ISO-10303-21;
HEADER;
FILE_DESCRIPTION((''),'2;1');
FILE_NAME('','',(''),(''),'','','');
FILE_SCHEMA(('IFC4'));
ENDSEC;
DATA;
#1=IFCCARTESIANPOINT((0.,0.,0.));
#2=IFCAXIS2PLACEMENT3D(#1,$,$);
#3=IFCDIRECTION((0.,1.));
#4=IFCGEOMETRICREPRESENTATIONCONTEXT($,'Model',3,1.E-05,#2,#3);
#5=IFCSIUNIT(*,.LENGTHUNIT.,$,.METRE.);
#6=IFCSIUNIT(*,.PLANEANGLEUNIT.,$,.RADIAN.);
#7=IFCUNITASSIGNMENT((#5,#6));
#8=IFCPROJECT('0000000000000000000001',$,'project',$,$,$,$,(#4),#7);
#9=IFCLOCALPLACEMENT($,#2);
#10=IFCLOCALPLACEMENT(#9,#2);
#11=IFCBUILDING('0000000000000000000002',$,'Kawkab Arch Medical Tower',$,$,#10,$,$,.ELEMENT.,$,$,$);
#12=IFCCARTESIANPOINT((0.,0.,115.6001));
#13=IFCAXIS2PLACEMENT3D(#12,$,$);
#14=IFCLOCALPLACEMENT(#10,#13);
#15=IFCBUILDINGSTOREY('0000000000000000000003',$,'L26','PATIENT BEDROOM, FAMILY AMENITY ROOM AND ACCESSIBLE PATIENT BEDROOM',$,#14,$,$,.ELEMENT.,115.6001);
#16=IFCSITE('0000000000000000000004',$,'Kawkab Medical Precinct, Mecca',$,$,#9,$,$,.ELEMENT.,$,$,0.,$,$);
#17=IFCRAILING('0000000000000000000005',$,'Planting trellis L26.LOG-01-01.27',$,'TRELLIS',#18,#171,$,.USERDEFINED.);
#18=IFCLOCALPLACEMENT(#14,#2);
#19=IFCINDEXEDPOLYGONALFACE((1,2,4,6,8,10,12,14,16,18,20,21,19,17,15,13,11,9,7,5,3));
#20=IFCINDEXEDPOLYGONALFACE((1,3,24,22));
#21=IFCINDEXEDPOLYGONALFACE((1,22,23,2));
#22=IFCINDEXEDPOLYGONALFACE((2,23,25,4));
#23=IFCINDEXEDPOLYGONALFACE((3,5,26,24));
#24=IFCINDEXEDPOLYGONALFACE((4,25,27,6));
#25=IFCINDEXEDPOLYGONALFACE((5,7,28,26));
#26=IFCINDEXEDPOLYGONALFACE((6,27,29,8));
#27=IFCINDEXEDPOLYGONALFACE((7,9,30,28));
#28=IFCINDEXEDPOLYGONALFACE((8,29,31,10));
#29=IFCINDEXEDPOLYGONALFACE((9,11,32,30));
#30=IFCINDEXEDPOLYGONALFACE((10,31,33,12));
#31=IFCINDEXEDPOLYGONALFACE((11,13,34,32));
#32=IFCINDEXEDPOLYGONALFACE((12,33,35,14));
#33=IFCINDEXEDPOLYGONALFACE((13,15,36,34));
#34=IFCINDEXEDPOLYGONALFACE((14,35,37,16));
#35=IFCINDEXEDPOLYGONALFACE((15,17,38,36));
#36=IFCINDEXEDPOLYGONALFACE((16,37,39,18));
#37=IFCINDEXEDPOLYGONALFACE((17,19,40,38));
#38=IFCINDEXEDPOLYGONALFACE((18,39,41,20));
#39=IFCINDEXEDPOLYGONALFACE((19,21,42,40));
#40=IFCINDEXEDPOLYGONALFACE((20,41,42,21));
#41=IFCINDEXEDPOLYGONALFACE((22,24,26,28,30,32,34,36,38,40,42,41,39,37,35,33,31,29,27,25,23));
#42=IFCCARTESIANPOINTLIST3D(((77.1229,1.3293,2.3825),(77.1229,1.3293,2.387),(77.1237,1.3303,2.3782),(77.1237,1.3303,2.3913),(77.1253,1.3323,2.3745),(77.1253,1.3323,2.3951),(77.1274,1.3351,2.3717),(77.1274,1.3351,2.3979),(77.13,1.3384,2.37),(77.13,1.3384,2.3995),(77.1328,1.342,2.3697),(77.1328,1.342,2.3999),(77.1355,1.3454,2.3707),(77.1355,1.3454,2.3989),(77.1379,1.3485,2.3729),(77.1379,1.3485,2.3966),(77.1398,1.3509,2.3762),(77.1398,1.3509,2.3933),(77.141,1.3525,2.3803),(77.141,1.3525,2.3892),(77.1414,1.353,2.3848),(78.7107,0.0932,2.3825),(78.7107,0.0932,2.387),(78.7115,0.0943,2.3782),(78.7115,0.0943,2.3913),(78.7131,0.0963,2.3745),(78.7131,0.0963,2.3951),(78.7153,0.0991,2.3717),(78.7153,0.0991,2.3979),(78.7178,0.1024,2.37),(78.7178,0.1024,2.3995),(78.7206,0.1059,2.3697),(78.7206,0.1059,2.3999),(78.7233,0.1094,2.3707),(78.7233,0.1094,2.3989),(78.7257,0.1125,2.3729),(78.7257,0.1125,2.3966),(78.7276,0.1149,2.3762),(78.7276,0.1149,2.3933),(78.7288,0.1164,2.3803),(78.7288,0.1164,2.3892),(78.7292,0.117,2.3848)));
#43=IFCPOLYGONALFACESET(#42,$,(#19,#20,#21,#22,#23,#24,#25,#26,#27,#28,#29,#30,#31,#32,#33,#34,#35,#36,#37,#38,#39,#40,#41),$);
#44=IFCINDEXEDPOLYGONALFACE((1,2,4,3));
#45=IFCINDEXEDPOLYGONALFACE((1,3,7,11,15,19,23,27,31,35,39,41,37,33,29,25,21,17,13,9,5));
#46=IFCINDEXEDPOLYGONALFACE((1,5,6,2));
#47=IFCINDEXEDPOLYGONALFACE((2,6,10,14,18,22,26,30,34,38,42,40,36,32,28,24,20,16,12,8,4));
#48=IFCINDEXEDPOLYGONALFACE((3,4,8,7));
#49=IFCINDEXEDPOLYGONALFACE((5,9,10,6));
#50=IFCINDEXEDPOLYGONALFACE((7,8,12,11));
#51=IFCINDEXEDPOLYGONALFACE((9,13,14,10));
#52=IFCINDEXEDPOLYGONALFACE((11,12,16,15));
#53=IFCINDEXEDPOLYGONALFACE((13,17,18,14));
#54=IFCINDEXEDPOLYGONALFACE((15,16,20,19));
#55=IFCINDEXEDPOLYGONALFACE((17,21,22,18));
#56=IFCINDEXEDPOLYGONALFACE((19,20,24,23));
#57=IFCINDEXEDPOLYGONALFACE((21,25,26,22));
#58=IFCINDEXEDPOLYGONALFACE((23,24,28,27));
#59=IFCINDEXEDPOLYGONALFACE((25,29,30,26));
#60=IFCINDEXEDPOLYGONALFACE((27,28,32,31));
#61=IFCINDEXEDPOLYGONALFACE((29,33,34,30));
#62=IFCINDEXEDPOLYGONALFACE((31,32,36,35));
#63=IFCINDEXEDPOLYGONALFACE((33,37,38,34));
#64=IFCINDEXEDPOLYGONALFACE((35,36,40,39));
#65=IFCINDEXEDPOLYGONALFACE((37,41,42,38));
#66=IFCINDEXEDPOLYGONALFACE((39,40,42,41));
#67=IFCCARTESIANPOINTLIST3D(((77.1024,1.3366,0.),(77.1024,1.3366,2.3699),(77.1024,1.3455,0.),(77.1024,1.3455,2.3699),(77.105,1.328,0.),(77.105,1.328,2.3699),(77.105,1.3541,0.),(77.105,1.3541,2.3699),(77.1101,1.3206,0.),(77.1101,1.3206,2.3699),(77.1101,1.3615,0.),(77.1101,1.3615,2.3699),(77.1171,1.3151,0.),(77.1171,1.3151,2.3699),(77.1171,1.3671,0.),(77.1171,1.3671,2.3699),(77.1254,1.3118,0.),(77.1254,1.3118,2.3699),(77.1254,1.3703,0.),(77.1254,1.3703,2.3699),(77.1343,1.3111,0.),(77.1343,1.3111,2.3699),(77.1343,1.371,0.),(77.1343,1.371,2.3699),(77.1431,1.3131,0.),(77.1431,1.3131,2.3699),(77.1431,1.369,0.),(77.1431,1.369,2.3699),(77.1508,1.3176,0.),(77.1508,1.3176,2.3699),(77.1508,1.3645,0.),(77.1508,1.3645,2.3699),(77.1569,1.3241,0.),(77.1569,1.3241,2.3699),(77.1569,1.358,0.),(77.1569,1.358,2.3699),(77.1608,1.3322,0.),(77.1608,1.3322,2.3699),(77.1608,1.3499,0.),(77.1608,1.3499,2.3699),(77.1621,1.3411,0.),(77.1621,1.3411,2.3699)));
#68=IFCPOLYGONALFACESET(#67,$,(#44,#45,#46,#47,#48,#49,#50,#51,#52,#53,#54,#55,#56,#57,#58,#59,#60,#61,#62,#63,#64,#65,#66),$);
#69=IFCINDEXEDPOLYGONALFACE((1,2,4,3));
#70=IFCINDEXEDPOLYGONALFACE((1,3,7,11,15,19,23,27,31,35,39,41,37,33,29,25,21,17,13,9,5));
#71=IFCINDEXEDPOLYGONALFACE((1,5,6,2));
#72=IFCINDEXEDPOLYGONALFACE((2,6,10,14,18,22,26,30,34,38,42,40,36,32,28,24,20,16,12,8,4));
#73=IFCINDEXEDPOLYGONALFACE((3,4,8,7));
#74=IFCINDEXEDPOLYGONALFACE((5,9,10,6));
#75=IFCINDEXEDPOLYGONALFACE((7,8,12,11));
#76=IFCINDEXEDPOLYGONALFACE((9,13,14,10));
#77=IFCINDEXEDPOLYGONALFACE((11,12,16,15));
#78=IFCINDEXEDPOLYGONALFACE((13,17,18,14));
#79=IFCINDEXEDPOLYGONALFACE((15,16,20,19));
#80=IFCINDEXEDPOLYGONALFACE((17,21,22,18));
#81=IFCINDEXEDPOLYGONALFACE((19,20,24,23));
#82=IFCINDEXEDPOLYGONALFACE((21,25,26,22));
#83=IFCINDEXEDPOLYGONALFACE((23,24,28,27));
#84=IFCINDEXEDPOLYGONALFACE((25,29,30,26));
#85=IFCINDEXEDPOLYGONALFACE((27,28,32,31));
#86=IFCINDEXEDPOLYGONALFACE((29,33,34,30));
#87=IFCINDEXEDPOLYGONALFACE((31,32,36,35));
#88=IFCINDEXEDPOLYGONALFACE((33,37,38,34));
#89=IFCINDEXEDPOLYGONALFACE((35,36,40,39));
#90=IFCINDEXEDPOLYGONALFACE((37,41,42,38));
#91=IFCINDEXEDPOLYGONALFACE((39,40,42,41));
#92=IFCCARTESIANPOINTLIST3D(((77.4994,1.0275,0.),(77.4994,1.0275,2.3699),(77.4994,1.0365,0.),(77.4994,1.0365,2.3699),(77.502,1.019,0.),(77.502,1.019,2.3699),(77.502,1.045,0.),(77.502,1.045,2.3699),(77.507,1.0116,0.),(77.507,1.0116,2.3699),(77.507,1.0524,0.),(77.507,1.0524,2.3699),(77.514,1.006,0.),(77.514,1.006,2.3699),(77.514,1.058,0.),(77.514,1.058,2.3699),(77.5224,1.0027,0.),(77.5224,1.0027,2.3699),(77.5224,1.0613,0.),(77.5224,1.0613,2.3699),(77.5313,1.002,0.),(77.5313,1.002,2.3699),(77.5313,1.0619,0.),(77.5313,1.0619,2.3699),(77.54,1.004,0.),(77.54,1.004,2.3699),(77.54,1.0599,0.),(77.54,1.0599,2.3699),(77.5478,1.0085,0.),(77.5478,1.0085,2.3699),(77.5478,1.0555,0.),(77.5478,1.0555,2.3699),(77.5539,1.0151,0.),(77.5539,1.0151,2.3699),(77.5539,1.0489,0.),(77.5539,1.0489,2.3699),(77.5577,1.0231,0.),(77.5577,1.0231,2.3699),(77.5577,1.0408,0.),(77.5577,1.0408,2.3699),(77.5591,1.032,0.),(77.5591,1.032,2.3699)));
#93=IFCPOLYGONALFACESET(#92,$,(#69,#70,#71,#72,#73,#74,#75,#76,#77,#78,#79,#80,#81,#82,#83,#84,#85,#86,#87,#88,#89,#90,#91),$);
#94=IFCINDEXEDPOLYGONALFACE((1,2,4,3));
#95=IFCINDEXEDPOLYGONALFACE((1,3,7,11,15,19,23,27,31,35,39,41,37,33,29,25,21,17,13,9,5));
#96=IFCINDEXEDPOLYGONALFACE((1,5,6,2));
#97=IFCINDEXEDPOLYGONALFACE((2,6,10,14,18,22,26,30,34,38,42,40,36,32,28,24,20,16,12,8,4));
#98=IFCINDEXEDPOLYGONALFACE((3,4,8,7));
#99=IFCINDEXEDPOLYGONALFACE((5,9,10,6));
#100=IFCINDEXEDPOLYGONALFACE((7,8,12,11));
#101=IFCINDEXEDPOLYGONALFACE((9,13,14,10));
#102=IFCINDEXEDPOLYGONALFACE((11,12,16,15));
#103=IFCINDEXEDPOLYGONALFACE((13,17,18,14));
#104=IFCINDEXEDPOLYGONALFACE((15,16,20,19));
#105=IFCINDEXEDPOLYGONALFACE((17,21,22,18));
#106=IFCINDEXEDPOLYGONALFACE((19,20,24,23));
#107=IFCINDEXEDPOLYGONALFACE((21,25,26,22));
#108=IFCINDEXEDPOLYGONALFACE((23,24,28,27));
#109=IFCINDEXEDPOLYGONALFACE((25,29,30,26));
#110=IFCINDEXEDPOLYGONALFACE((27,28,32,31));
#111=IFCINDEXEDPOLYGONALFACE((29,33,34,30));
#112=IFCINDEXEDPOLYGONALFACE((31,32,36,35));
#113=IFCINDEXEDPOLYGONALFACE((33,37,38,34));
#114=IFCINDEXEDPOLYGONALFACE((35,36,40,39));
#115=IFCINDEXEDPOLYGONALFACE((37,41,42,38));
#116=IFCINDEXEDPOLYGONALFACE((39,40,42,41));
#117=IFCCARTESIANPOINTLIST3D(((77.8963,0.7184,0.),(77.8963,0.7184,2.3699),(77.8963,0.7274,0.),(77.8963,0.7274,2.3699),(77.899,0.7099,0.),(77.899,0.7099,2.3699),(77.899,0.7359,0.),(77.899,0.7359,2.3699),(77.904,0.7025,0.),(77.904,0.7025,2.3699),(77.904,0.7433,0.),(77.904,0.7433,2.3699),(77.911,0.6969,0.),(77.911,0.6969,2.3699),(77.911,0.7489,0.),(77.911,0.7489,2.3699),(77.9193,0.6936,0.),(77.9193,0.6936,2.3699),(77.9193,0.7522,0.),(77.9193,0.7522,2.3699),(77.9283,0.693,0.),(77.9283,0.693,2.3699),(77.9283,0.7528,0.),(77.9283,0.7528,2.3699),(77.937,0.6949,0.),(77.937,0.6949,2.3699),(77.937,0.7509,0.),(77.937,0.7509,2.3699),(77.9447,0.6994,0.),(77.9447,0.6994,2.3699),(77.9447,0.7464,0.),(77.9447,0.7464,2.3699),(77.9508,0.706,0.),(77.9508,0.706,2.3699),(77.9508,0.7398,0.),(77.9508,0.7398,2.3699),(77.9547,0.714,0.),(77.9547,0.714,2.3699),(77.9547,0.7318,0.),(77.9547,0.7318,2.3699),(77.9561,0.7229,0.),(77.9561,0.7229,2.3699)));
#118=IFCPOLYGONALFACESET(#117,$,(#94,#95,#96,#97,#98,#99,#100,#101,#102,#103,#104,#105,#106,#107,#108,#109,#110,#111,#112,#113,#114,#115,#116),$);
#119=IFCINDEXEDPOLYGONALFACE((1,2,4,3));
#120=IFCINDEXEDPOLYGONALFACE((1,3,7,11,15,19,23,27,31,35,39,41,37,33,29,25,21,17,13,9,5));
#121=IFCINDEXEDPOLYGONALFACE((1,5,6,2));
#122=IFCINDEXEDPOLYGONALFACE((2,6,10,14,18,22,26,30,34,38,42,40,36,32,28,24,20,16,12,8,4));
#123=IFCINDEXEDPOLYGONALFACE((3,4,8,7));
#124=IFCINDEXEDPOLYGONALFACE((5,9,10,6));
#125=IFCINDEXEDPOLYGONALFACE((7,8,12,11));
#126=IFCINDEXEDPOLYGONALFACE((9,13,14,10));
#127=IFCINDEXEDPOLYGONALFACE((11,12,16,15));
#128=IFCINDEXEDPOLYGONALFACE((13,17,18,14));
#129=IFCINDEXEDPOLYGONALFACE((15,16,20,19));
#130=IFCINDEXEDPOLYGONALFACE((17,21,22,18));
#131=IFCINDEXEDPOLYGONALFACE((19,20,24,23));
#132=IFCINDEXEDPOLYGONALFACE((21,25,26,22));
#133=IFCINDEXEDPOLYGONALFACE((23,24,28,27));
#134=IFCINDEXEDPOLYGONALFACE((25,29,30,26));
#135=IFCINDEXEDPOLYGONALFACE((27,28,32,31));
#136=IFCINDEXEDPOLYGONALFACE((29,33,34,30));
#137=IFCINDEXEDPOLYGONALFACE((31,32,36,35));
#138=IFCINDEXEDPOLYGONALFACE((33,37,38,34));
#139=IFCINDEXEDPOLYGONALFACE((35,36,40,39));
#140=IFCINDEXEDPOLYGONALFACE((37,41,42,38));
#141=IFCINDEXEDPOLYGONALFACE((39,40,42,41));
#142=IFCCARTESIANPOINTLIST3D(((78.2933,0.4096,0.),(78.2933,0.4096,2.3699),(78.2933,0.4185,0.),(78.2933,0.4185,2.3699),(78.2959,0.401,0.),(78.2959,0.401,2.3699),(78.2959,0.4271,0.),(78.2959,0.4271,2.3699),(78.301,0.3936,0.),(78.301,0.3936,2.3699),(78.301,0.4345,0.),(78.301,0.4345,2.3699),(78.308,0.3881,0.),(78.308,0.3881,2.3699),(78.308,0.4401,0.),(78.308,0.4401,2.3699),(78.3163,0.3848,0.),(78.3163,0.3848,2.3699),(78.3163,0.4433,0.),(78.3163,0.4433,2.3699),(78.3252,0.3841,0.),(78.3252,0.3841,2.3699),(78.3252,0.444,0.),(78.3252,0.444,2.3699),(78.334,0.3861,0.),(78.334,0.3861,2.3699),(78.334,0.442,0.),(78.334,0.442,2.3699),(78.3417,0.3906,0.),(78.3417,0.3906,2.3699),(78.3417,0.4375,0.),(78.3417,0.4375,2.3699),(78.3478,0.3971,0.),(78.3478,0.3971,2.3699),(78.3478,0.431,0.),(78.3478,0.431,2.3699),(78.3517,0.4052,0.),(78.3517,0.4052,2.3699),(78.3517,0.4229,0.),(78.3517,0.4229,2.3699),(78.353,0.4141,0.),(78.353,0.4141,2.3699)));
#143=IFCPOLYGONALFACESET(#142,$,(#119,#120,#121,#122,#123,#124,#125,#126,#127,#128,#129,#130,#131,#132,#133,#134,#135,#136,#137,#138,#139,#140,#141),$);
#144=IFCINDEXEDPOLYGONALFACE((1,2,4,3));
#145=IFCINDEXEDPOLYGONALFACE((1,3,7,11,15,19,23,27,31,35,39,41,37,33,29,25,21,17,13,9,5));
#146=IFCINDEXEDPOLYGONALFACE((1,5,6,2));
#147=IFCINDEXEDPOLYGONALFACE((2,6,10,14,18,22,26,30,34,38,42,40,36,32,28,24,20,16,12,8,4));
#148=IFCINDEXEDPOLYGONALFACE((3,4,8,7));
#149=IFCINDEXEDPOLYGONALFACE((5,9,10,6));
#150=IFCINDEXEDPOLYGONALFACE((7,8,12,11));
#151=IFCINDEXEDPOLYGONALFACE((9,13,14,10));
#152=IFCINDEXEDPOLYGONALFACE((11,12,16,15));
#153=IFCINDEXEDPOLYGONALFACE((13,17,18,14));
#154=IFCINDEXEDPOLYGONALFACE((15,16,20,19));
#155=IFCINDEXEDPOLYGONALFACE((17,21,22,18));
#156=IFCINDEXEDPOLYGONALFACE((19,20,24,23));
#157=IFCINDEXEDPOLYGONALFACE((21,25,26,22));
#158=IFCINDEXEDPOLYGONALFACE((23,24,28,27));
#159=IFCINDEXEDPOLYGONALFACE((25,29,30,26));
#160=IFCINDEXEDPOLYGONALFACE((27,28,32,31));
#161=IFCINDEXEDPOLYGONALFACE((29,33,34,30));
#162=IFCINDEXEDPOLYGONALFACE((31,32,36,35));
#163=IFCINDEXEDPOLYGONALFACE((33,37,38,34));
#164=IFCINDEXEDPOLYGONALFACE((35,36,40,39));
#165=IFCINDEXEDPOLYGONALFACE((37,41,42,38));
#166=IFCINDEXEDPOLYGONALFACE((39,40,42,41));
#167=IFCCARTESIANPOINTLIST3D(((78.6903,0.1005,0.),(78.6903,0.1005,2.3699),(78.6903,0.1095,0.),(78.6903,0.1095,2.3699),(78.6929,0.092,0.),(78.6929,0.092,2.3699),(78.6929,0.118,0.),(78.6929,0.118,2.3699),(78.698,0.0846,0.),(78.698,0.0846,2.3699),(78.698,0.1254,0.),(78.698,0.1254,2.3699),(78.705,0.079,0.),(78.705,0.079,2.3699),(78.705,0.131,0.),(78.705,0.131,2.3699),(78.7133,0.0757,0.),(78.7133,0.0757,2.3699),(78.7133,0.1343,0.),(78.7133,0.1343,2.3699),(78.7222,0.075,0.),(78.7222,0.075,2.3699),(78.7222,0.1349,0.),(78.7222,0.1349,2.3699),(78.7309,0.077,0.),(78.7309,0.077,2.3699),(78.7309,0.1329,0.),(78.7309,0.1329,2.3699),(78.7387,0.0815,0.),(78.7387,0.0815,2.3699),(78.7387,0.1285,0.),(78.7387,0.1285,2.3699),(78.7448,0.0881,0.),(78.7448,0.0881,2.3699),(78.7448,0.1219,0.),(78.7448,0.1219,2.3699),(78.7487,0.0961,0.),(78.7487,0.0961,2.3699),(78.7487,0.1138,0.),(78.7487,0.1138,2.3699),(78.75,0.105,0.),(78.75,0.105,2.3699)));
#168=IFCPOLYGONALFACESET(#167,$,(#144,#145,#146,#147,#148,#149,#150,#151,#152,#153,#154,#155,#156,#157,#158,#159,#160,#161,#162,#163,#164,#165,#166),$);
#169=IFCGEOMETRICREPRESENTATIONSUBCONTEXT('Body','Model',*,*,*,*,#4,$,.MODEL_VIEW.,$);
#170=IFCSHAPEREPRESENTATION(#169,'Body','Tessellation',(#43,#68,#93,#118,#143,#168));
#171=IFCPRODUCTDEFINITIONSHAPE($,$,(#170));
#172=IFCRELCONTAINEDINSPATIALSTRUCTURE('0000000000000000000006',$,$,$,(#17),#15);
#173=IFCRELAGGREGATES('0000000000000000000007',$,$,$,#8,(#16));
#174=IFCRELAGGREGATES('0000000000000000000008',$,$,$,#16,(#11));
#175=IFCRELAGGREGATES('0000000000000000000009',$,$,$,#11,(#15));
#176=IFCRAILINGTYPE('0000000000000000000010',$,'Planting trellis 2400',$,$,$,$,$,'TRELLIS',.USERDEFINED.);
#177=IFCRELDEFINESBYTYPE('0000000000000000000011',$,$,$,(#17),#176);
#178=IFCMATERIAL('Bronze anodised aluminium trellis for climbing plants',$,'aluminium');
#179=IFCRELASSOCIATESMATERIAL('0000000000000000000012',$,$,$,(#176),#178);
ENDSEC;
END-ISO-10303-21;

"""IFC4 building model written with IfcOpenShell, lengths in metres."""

from ifc_helpers import new_model, si_unit, direction, frame, origin, origin_2d, place, context, subcontext, project, spatial, circle, extrude, material, type_object, element, save


model = new_model("IFC4")

# Units and contexts
model_context = context("Model", 3, precision=1e-05, world=origin(), true_north=direction((0.0, 1.0)))
body_context = subcontext(model_context, "Body", "Model", "MODEL_VIEW")
ifc_project = project(units=[si_unit("LENGTHUNIT", "METRE"), si_unit("PLANEANGLEUNIT", "RADIAN")], contexts=[model_context])

# Site, building, storey
site_placement = place(None, origin())
site = spatial("IfcSite", under=ifc_project, at=site_placement, Name="Kawkab Medical Precinct, Mecca", CompositionType="ELEMENT", RefElevation=0.0)
building_placement = place(site_placement, origin())
building = spatial("IfcBuilding", under=site, at=building_placement, Name="Kawkab Arch Medical Tower", CompositionType="ELEMENT")
storey_placement = place(building_placement, frame((0.0, 0.0, 115.6001)))
storey = spatial("IfcBuildingStorey", under=building, at=storey_placement, Name="L26", Description="PATIENT BEDROOM, FAMILY AMENITY ROOM AND ACCESSIBLE PATIENT BEDROOM", CompositionType="ELEMENT", Elevation=115.6001)

# Railing
ifc_material_1 = material(Name="Bronze anodised aluminium trellis for climbing plants", Category="aluminium")
railing_type_1 = type_object("IfcRailingType", Name="Planting trellis 2400", ElementType="TRELLIS", PredefinedType="USERDEFINED", material=ifc_material_1)
railing_1_placement = place(storey_placement, frame((77.1321, 1.3411, 0.0)))
element("IfcRailing", 1, at=railing_1_placement, inside=storey, type_object=railing_type_1, Name="Planting trellis L26.LOG-01-01.27", ObjectType="TRELLIS", PredefinedType="USERDEFINED", context=body_context, shape_type="SweptSolid", body=[
    extrude(circle(Radius=0.0151, at=origin_2d()), frame((0.0, 0.0, 2.3848), z_axis=(0.789097, -0.614268, 0.0), x_axis=(0.614268, 0.789097, 0.0)), (0.0, 0.0, 1.0), 2.0122),
    extrude(circle(Radius=0.03, at=origin_2d()), origin(), (0.0, 0.0, 1.0), 2.3699),
    extrude(circle(Radius=0.03, at=origin_2d()), frame((0.397, -0.3091, 0.0)), (0.0, 0.0, 1.0), 2.3699),
    extrude(circle(Radius=0.03, at=origin_2d()), frame((0.7939, -0.6182, 0.0)), (0.0, 0.0, 1.0), 2.3699),
    extrude(circle(Radius=0.03, at=origin_2d()), frame((1.1909, -0.927, 0.0)), (0.0, 0.0, 1.0), 2.3699),
    extrude(circle(Radius=0.03, at=origin_2d()), frame((1.5879, -1.2361, 0.0)), (0.0, 0.0, 1.0), 2.3699),
])

save(model, "model.ifc")
